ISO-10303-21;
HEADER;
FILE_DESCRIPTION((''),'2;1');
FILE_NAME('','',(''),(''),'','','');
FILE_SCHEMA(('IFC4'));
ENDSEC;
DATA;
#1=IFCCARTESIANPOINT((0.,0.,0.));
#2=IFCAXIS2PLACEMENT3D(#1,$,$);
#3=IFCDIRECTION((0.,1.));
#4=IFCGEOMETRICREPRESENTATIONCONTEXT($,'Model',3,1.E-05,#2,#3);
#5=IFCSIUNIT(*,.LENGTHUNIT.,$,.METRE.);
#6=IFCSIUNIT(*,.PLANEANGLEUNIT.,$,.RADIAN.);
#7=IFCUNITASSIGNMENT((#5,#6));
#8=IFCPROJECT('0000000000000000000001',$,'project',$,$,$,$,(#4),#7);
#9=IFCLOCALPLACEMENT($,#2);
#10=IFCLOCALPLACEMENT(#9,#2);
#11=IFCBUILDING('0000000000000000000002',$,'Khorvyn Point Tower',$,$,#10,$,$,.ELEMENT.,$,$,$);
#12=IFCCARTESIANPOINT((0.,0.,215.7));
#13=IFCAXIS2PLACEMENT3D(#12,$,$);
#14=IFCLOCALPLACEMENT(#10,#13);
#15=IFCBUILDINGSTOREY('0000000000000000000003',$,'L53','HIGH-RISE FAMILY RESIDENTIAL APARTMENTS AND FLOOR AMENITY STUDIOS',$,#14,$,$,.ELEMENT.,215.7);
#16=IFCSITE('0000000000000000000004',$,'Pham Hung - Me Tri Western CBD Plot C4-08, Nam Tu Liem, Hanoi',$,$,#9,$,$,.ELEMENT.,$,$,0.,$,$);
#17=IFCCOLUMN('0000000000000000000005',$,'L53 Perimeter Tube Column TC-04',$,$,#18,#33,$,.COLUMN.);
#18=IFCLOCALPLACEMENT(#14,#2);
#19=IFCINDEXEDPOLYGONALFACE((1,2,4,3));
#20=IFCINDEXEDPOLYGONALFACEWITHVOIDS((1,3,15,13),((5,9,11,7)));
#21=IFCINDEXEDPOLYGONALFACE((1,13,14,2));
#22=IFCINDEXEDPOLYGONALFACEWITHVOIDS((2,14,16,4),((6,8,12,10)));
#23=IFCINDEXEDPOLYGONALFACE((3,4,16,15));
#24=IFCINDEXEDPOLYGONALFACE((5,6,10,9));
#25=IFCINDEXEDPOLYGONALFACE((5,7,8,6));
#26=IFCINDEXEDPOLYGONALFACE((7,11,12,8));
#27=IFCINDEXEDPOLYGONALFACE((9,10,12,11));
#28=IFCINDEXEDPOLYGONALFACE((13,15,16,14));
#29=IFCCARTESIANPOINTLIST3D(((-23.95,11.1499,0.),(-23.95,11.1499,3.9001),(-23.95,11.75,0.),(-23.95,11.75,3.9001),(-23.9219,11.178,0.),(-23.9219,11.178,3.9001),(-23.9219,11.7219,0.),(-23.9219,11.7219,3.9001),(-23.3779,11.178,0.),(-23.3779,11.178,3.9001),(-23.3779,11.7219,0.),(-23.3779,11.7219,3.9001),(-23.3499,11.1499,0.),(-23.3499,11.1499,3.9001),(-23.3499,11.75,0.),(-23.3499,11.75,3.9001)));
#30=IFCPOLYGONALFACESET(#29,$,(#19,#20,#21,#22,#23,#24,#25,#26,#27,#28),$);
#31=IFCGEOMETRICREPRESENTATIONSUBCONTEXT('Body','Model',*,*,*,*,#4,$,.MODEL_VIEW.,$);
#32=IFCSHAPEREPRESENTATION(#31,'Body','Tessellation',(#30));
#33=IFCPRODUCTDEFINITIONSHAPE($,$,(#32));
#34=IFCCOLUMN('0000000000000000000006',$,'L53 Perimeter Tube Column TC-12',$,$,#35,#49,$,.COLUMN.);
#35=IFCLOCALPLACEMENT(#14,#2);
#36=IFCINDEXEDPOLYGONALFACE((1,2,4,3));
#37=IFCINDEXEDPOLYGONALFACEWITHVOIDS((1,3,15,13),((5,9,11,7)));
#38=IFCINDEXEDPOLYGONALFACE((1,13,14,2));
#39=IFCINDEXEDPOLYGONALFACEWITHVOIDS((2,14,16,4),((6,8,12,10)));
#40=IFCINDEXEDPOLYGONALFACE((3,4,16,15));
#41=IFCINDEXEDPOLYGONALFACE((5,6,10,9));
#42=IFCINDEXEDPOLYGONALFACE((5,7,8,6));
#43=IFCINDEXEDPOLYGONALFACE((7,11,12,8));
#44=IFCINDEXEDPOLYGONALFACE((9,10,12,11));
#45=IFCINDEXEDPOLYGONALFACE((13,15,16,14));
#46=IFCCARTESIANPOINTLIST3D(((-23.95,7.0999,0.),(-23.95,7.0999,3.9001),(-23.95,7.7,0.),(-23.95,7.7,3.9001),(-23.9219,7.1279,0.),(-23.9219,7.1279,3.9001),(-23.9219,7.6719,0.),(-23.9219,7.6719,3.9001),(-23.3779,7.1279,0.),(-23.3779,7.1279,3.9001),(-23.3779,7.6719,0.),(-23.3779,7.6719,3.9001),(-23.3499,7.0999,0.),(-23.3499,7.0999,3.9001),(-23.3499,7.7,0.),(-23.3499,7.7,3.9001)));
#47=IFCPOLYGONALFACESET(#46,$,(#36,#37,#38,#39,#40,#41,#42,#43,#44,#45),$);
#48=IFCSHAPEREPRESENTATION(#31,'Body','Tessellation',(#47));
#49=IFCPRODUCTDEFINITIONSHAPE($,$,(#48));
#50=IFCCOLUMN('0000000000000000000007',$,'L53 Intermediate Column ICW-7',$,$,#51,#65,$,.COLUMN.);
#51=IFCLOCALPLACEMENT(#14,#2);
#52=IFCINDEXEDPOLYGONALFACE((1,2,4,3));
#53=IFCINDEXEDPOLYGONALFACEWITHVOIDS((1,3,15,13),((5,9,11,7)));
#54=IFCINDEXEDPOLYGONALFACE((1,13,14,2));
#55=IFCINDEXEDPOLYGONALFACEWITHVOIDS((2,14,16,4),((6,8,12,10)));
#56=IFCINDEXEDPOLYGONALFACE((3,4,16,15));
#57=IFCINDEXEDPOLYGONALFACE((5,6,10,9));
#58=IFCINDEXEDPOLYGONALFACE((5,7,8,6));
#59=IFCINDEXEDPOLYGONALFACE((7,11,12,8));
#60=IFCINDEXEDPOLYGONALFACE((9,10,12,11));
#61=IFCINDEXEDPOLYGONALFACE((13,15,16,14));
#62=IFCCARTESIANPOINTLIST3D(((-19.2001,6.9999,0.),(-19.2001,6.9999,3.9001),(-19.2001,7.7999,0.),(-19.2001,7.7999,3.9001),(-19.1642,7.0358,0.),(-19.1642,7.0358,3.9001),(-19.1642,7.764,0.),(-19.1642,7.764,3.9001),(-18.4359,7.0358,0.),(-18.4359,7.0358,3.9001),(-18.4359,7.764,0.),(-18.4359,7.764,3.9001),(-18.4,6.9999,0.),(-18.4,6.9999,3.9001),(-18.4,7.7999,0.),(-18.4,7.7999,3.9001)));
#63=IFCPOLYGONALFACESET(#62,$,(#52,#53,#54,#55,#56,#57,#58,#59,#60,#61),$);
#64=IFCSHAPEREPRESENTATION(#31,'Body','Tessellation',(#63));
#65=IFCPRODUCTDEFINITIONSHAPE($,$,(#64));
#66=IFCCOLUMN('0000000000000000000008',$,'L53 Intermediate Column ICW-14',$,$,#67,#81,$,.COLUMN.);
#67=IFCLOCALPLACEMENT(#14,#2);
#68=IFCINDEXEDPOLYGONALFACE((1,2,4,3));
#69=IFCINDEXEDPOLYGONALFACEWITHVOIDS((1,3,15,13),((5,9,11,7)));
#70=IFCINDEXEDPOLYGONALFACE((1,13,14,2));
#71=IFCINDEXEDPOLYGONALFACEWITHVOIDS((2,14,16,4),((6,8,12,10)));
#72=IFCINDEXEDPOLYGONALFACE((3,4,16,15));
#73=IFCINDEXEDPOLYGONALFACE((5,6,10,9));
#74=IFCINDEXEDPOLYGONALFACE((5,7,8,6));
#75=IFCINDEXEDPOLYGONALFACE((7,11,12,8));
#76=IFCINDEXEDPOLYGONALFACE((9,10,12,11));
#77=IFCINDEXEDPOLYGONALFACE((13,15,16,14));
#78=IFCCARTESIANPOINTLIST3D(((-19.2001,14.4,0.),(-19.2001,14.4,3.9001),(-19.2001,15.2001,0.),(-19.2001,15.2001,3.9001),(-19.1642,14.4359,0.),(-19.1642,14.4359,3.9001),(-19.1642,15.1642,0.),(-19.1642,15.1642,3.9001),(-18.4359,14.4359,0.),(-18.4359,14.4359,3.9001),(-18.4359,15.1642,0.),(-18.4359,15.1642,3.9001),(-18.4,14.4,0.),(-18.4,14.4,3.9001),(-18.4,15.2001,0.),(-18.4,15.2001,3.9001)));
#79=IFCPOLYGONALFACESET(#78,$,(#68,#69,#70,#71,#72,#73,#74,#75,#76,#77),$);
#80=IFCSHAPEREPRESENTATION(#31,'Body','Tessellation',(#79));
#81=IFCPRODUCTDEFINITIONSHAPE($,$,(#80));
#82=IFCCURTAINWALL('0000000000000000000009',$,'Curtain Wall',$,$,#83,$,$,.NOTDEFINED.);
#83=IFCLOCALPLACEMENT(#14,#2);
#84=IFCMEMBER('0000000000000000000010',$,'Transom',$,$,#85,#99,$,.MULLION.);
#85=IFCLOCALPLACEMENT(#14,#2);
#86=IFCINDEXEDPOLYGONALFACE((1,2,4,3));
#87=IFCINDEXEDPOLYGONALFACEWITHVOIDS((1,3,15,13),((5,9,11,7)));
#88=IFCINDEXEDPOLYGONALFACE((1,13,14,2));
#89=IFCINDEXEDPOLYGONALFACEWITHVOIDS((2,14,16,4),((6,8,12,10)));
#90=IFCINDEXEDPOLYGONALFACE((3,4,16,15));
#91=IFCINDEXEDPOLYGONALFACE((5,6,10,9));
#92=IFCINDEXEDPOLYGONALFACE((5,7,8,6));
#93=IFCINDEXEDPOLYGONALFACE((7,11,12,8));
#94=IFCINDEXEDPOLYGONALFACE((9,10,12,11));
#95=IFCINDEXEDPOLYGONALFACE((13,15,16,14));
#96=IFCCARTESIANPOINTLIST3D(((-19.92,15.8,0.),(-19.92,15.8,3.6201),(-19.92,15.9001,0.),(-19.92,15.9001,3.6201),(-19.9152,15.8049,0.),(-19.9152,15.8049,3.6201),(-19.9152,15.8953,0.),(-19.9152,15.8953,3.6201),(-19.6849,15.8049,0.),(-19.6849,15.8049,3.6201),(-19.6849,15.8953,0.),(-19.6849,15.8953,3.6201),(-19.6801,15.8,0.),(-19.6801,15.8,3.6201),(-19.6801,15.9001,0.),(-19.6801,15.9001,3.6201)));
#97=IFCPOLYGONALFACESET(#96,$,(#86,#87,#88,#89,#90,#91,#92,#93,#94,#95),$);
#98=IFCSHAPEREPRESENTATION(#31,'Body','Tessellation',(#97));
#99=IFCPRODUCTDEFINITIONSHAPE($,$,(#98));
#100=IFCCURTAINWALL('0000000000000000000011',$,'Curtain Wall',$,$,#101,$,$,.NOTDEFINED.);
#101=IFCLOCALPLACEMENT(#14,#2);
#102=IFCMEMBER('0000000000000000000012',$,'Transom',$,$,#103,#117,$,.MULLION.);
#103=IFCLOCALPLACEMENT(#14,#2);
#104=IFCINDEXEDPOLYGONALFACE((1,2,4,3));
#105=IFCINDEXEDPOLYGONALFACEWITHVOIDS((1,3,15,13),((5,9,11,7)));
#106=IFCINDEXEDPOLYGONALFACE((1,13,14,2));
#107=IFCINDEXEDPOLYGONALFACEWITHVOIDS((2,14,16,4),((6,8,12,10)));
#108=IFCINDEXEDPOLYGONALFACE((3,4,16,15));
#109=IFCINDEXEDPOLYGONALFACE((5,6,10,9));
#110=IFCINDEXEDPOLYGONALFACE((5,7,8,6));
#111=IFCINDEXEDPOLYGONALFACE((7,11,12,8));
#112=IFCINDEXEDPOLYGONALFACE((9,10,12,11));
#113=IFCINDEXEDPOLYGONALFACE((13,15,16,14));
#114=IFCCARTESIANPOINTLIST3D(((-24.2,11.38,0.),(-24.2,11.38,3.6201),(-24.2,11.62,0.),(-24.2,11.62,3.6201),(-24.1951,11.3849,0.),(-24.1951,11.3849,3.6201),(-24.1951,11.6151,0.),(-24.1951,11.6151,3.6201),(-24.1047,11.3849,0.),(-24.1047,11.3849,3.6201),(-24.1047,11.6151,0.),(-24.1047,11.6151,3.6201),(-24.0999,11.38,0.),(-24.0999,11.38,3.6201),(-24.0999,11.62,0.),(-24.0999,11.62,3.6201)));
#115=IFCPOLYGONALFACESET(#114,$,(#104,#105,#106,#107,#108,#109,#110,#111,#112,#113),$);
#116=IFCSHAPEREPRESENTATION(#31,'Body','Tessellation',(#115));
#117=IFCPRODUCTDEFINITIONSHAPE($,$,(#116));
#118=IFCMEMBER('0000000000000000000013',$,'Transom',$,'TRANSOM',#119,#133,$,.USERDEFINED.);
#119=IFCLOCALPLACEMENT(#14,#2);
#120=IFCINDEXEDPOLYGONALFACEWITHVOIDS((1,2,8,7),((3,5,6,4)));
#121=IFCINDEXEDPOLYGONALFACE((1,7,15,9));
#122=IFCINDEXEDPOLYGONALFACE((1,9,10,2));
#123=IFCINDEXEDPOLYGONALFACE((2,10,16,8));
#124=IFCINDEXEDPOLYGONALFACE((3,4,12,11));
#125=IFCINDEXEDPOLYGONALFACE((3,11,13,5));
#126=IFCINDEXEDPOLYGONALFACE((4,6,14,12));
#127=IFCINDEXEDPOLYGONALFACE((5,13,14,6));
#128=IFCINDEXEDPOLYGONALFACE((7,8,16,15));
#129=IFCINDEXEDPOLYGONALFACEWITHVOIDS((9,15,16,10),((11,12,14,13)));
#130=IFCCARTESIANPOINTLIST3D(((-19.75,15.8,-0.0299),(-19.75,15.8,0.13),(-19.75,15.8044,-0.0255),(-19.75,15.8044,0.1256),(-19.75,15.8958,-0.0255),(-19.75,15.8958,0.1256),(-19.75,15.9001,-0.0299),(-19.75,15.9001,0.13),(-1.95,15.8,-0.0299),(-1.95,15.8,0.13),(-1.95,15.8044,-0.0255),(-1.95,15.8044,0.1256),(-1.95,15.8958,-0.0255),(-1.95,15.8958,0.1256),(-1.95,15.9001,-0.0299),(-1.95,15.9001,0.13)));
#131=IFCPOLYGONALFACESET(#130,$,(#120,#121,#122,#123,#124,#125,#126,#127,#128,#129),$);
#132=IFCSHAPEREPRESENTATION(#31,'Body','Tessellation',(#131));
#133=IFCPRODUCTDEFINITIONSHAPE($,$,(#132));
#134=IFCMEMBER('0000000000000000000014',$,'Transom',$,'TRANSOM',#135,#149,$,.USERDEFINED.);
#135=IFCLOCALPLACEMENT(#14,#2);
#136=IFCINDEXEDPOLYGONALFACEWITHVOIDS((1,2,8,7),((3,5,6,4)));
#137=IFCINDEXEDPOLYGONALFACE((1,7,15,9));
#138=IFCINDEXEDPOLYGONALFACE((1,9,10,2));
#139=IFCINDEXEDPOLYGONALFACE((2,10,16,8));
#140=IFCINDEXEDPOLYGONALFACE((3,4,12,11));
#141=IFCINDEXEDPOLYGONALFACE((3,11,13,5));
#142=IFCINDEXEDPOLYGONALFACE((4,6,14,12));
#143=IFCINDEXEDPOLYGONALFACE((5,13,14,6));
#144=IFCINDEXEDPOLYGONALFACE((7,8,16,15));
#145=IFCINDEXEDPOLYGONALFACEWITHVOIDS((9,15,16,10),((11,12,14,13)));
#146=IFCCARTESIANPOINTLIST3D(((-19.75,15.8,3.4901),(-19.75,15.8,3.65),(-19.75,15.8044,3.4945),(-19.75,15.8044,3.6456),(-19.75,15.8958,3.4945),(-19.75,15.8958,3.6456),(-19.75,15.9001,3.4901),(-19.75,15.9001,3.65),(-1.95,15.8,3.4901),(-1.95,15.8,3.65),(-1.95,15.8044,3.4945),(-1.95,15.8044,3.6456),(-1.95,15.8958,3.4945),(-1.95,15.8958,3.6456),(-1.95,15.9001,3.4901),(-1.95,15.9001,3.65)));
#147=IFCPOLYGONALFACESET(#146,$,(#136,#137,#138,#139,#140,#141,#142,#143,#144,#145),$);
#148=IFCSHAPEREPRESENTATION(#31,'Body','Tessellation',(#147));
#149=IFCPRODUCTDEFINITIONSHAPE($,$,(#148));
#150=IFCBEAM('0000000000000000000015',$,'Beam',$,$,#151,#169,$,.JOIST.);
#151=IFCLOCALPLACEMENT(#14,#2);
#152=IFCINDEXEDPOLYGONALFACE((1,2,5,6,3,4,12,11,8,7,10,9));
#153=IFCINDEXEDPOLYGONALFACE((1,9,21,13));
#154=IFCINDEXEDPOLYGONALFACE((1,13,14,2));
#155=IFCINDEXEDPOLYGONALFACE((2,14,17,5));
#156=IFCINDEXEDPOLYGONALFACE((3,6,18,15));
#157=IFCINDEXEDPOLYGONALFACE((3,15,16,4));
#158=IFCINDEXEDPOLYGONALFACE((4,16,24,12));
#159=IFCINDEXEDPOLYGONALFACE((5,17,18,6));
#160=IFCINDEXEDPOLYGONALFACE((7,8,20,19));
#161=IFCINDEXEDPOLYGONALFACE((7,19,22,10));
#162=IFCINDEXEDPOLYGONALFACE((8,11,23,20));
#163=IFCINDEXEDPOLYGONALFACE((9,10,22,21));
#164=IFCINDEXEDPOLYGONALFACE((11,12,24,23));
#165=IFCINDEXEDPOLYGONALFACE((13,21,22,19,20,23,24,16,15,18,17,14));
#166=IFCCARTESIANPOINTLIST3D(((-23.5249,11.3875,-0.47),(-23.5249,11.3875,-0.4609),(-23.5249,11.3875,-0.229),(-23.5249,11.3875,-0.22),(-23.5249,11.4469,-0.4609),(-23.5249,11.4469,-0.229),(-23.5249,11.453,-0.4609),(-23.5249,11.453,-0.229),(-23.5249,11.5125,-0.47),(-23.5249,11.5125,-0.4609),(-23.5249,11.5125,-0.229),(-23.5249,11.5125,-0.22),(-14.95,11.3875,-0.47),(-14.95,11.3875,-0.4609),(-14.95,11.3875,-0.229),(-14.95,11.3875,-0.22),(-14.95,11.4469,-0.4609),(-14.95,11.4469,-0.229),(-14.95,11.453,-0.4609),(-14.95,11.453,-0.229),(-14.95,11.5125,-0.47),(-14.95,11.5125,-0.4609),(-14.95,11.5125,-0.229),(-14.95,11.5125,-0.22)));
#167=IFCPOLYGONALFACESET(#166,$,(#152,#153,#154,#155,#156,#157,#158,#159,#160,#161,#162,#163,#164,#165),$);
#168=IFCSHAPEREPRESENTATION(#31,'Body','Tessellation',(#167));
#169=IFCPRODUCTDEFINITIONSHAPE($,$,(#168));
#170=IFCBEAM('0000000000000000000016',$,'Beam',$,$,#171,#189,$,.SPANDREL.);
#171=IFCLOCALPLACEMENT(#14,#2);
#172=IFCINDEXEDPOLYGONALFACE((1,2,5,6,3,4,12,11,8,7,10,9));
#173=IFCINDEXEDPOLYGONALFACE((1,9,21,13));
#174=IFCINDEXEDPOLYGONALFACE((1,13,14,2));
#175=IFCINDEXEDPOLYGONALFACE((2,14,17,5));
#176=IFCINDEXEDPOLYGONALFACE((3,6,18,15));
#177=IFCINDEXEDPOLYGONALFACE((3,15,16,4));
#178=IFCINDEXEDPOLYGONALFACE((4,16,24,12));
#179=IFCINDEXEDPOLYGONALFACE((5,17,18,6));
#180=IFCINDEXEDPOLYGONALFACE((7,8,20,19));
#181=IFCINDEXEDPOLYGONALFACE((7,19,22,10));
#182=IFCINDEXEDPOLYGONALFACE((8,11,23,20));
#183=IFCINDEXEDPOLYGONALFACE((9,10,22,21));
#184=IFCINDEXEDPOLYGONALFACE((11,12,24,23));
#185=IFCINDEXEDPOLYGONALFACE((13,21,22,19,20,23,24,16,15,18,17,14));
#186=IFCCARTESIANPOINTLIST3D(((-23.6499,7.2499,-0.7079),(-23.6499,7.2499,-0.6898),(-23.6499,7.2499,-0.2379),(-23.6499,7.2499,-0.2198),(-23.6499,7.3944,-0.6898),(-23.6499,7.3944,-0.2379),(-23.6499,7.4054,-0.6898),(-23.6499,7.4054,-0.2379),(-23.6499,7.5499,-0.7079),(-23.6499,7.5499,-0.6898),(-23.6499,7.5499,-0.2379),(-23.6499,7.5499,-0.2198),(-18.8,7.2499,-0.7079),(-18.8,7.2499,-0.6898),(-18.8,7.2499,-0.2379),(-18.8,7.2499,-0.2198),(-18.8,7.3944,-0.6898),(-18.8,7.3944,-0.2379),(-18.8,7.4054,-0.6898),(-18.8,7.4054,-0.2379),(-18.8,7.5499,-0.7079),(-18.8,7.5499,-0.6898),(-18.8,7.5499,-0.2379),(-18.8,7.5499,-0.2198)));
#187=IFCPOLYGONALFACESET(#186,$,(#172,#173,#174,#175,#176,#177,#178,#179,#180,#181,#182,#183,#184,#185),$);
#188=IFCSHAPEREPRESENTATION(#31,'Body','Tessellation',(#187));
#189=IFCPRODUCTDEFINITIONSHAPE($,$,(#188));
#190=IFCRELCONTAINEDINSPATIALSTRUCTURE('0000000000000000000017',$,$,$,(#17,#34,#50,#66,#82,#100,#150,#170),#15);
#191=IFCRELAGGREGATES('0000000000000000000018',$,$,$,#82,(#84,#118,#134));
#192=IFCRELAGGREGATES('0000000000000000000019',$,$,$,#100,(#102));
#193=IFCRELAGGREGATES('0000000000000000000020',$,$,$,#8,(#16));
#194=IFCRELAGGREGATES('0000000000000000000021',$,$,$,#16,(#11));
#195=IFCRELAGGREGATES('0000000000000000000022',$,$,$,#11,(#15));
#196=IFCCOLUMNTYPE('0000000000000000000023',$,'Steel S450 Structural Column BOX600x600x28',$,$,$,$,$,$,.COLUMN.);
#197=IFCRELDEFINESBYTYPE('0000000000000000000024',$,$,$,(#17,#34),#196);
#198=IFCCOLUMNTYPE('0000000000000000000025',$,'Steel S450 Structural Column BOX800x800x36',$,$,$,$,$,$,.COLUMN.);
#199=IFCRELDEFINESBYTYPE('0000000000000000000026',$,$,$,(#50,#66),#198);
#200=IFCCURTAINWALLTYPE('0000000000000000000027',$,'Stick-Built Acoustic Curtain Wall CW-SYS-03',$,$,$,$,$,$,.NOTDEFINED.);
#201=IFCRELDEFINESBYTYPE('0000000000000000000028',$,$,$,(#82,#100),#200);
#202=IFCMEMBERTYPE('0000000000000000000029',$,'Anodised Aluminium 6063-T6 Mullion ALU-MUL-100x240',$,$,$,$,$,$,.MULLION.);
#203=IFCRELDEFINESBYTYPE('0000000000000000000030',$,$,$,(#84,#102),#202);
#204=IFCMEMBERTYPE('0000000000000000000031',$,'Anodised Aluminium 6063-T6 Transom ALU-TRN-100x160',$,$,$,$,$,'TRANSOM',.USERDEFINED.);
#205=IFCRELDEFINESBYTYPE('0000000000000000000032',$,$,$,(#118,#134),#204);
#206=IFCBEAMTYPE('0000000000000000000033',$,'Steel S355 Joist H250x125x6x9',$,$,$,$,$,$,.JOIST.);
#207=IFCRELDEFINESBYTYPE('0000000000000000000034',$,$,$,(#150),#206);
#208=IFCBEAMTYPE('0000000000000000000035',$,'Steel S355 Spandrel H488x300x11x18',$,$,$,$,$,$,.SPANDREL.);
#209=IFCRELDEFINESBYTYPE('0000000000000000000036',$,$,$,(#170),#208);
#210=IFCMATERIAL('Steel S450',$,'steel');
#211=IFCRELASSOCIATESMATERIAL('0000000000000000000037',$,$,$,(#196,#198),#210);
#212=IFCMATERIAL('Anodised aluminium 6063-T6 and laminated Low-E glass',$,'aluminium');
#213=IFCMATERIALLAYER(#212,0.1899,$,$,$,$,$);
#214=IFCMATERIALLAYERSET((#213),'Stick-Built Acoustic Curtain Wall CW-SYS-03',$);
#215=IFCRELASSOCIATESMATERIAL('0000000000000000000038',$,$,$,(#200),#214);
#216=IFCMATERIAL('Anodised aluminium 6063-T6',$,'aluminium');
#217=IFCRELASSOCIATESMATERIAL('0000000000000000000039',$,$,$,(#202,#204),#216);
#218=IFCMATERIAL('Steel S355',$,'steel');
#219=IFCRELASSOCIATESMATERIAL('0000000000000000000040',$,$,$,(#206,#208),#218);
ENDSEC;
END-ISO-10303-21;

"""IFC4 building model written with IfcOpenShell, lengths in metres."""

from ifc_helpers import new_model, si_unit, direction, frame, origin, origin_2d, place, context, subcontext, project, spatial, hollow_rectangle, i_section, extrude, material, layer, layer_set, material_profile, profile_set, type_object, element, aggregate, save


model = new_model("IFC4")

# Units and contexts
model_context = context("Model", 3, precision=1e-05, world=origin(), true_north=direction((0.0, 1.0)))
body_context = subcontext(model_context, "Body", "Model", "MODEL_VIEW")
ifc_project = project(units=[si_unit("LENGTHUNIT", "METRE"), si_unit("PLANEANGLEUNIT", "RADIAN")], contexts=[model_context])

# Site, building, storey
site_placement = place(None, origin())
site = spatial("IfcSite", under=ifc_project, at=site_placement, Name="Pham Hung - Me Tri Western CBD Plot C4-08, Nam Tu Liem, Hanoi", CompositionType="ELEMENT", RefElevation=0.0)
building_placement = place(site_placement, origin())
building = spatial("IfcBuilding", under=site, at=building_placement, Name="Khorvyn Point Tower", CompositionType="ELEMENT")
storey_placement = place(building_placement, frame((0.0, 0.0, 215.7)))
storey = spatial("IfcBuildingStorey", under=building, at=storey_placement, Name="L53", Description="HIGH-RISE FAMILY RESIDENTIAL APARTMENTS AND FLOOR AMENITY STUDIOS", CompositionType="ELEMENT", Elevation=215.7)

# Columns
ifc_material_1 = material(Name="Steel S450", Category="steel")
ifc_material_profile_1 = material_profile(ifc_material_1, hollow_rectangle(XDim=0.6001, YDim=0.6001, WallThickness=0.0281, at=origin_2d()))
ifc_profile_set_1 = profile_set([ifc_material_profile_1], Name="Steel S450 BOX600x600x28")
column_type_1 = type_object("IfcColumnType", Name="Steel S450 Structural Column BOX600x600x28", PredefinedType="COLUMN", material=ifc_profile_set_1)
for number, where, z_axis, x_axis, name in (
    (1, (-23.6499, 11.45, 0.0), (0.0, 0.0, 1.0), (1.0, 0.0, 0.0), "L53 Perimeter Tube Column TC-04"),
    (2, (-23.6499, 7.3999, 0.0), (0.0, 0.0, 1.0), (1.0, 0.0, 0.0), "L53 Perimeter Tube Column TC-12"),
):
    element("IfcColumn", number, at=place(storey_placement, frame(where, z_axis=z_axis, x_axis=x_axis)), inside=storey, type_object=column_type_1, Name=name, PredefinedType="COLUMN", context=body_context, shape_type="SweptSolid", body=[
        extrude(hollow_rectangle(XDim=0.6001, YDim=0.6001, WallThickness=0.0281, at=origin_2d()), origin(), (0.0, 0.0, 1.0), 3.9001),
    ])
ifc_material_profile_2 = material_profile(ifc_material_1, hollow_rectangle(XDim=0.8, YDim=0.8, WallThickness=0.0359, at=origin_2d()))
ifc_profile_set_2 = profile_set([ifc_material_profile_2], Name="Steel S450 BOX800x800x36")
column_type_2 = type_object("IfcColumnType", Name="Steel S450 Structural Column BOX800x800x36", PredefinedType="COLUMN", material=ifc_profile_set_2)
for number, where, z_axis, x_axis, name in (
    (3, (-18.8, 7.3999, 0.0), (0.0, 0.0, 1.0), (1.0, 0.0, 0.0), "L53 Intermediate Column ICW-7"),
    (4, (-18.8, 14.8, 0.0), (0.0, 0.0, 1.0), (1.0, 0.0, 0.0), "L53 Intermediate Column ICW-14"),
):
    element("IfcColumn", number, at=place(storey_placement, frame(where, z_axis=z_axis, x_axis=x_axis)), inside=storey, type_object=column_type_2, Name=name, PredefinedType="COLUMN", context=body_context, shape_type="SweptSolid", body=[
        extrude(hollow_rectangle(XDim=0.8, YDim=0.8, WallThickness=0.0359, at=origin_2d()), origin(), (0.0, 0.0, 1.0), 3.9001),
    ])

# Curtain walls, members
ifc_material_2 = material(Name="Anodised aluminium 6063-T6 and laminated Low-E glass", Category="aluminium")
ifc_layer_1 = layer(ifc_material_2, 0.1899)
ifc_layer_set_1 = layer_set([ifc_layer_1], Name="Stick-Built Acoustic Curtain Wall CW-SYS-03")
curtain_wall_type = type_object("IfcCurtainWallType", Name="Stick-Built Acoustic Curtain Wall CW-SYS-03", PredefinedType="NOTDEFINED", material=ifc_layer_set_1)
curtain_wall_1_placement = place(storey_placement, origin())
curtain_wall_1 = element("IfcCurtainWall", 5, at=curtain_wall_1_placement, inside=storey, type_object=curtain_wall_type, Name="Curtain Wall", PredefinedType="NOTDEFINED")
ifc_material_3 = material(Name="Anodised aluminium 6063-T6", Category="aluminium")
ifc_material_profile_3 = material_profile(ifc_material_3, hollow_rectangle(XDim=0.1001, YDim=0.24, WallThickness=0.0049, at=origin_2d()))
ifc_profile_set_3 = profile_set([ifc_material_profile_3], Name="Anodised aluminium 6063-T6 ALU-MUL-100x240")
member_type_1 = type_object("IfcMemberType", Name="Anodised Aluminium 6063-T6 Mullion ALU-MUL-100x240", PredefinedType="MULLION", material=ifc_profile_set_3)
member_1_placement = place(storey_placement, frame((-19.8, 15.8501, 0.0), z_axis=(0.0, 0.0, 1.0), x_axis=(0.0, 1.0, 0.0)))
member_1 = element("IfcMember", 6, at=member_1_placement, type_object=member_type_1, Name="Transom", PredefinedType="MULLION", context=body_context, shape_type="SweptSolid", body=[
    extrude(hollow_rectangle(XDim=0.1001, YDim=0.24, WallThickness=0.0049, at=origin_2d()), origin(), (0.0, 0.0, 1.0), 3.6201),
])
curtain_wall_2_placement = place(storey_placement, origin())
curtain_wall_2 = element("IfcCurtainWall", 7, at=curtain_wall_2_placement, inside=storey, type_object=curtain_wall_type, Name="Curtain Wall", PredefinedType="NOTDEFINED")
member_2_placement = place(storey_placement, frame((-24.1499, 11.5, 0.0), z_axis=(0.0, 0.0, 1.0), x_axis=(-1.0, 0.0, 0.0)))
member_2 = element("IfcMember", 8, at=member_2_placement, type_object=member_type_1, Name="Transom", PredefinedType="MULLION", context=body_context, shape_type="SweptSolid", body=[
    extrude(hollow_rectangle(XDim=0.1001, YDim=0.24, WallThickness=0.0049, at=origin_2d()), origin(), (0.0, 0.0, 1.0), 3.6201),
])

# Members
ifc_material_profile_4 = material_profile(ifc_material_3, hollow_rectangle(XDim=0.1001, YDim=0.1599, WallThickness=0.0044, at=origin_2d()))
ifc_profile_set_4 = profile_set([ifc_material_profile_4], Name="Anodised aluminium 6063-T6 ALU-TRN-100x160")
member_type_2 = type_object("IfcMemberType", Name="Anodised Aluminium 6063-T6 Transom ALU-TRN-100x160", ElementType="TRANSOM", PredefinedType="USERDEFINED", material=ifc_profile_set_4)
member_3_placement = place(storey_placement, frame((-19.75, 15.8501, 0.05), z_axis=(1.0, 0.0, 0.0), x_axis=(0.0, 1.0, 0.0)))
member_3 = element("IfcMember", 9, at=member_3_placement, type_object=member_type_2, Name="Transom", ObjectType="TRANSOM", PredefinedType="USERDEFINED", context=body_context, shape_type="SweptSolid", body=[
    extrude(hollow_rectangle(XDim=0.1001, YDim=0.1599, WallThickness=0.0044, at=origin_2d()), origin(), (0.0, 0.0, 1.0), 17.8),
])
member_4_placement = place(storey_placement, frame((-19.75, 15.8501, 3.5701), z_axis=(1.0, 0.0, 0.0), x_axis=(0.0, 1.0, 0.0)))
member_4 = element("IfcMember", 10, at=member_4_placement, type_object=member_type_2, Name="Transom", ObjectType="TRANSOM", PredefinedType="USERDEFINED", context=body_context, shape_type="SweptSolid", body=[
    extrude(hollow_rectangle(XDim=0.1001, YDim=0.1599, WallThickness=0.0044, at=origin_2d()), origin(), (0.0, 0.0, 1.0), 17.8),
])
aggregate(curtain_wall_1, [member_1, member_3, member_4])

# Beams
ifc_material_4 = material(Name="Steel S355", Category="steel")
ifc_material_profile_5 = material_profile(ifc_material_4, i_section(OverallWidth=0.125, OverallDepth=0.25, WebThickness=0.0061, FlangeThickness=0.009, at=origin_2d()))
ifc_profile_set_5 = profile_set([ifc_material_profile_5], Name="Steel S355 H250x125x6x9")
beam_type_1 = type_object("IfcBeamType", Name="Steel S355 Joist H250x125x6x9", PredefinedType="JOIST", material=ifc_profile_set_5)
beam_1_placement = place(storey_placement, frame((-23.5249, 11.45, -0.345), z_axis=(1.0, 0.0, 0.0), x_axis=(0.0, 1.0, 0.0)))
element("IfcBeam", 11, at=beam_1_placement, inside=storey, type_object=beam_type_1, Name="Beam", PredefinedType="JOIST", context=body_context, shape_type="SweptSolid", body=[
    extrude(i_section(OverallWidth=0.125, OverallDepth=0.25, WebThickness=0.0061, FlangeThickness=0.009, at=origin_2d()), origin(), (0.0, 0.0, 1.0), 8.575),
])
ifc_material_profile_6 = material_profile(ifc_material_4, i_section(OverallWidth=0.3, OverallDepth=0.488, WebThickness=0.011, FlangeThickness=0.0181, at=origin_2d()))
ifc_profile_set_6 = profile_set([ifc_material_profile_6], Name="Steel S355 H488x300x11x18")
beam_type_2 = type_object("IfcBeamType", Name="Steel S355 Spandrel H488x300x11x18", PredefinedType="SPANDREL", material=ifc_profile_set_6)
beam_2_placement = place(storey_placement, frame((-23.6499, 7.3999, -0.4639), z_axis=(1.0, 0.0, 0.0), x_axis=(0.0, 1.0, 0.0)))
element("IfcBeam", 12, at=beam_2_placement, inside=storey, type_object=beam_type_2, Name="Beam", PredefinedType="SPANDREL", context=body_context, shape_type="SweptSolid", body=[
    extrude(i_section(OverallWidth=0.3, OverallDepth=0.488, WebThickness=0.011, FlangeThickness=0.0181, at=origin_2d()), origin(), (0.0, 0.0, 1.0), 4.8499),
])

aggregate(curtain_wall_2, [member_2])

save(model, "model.ifc")
